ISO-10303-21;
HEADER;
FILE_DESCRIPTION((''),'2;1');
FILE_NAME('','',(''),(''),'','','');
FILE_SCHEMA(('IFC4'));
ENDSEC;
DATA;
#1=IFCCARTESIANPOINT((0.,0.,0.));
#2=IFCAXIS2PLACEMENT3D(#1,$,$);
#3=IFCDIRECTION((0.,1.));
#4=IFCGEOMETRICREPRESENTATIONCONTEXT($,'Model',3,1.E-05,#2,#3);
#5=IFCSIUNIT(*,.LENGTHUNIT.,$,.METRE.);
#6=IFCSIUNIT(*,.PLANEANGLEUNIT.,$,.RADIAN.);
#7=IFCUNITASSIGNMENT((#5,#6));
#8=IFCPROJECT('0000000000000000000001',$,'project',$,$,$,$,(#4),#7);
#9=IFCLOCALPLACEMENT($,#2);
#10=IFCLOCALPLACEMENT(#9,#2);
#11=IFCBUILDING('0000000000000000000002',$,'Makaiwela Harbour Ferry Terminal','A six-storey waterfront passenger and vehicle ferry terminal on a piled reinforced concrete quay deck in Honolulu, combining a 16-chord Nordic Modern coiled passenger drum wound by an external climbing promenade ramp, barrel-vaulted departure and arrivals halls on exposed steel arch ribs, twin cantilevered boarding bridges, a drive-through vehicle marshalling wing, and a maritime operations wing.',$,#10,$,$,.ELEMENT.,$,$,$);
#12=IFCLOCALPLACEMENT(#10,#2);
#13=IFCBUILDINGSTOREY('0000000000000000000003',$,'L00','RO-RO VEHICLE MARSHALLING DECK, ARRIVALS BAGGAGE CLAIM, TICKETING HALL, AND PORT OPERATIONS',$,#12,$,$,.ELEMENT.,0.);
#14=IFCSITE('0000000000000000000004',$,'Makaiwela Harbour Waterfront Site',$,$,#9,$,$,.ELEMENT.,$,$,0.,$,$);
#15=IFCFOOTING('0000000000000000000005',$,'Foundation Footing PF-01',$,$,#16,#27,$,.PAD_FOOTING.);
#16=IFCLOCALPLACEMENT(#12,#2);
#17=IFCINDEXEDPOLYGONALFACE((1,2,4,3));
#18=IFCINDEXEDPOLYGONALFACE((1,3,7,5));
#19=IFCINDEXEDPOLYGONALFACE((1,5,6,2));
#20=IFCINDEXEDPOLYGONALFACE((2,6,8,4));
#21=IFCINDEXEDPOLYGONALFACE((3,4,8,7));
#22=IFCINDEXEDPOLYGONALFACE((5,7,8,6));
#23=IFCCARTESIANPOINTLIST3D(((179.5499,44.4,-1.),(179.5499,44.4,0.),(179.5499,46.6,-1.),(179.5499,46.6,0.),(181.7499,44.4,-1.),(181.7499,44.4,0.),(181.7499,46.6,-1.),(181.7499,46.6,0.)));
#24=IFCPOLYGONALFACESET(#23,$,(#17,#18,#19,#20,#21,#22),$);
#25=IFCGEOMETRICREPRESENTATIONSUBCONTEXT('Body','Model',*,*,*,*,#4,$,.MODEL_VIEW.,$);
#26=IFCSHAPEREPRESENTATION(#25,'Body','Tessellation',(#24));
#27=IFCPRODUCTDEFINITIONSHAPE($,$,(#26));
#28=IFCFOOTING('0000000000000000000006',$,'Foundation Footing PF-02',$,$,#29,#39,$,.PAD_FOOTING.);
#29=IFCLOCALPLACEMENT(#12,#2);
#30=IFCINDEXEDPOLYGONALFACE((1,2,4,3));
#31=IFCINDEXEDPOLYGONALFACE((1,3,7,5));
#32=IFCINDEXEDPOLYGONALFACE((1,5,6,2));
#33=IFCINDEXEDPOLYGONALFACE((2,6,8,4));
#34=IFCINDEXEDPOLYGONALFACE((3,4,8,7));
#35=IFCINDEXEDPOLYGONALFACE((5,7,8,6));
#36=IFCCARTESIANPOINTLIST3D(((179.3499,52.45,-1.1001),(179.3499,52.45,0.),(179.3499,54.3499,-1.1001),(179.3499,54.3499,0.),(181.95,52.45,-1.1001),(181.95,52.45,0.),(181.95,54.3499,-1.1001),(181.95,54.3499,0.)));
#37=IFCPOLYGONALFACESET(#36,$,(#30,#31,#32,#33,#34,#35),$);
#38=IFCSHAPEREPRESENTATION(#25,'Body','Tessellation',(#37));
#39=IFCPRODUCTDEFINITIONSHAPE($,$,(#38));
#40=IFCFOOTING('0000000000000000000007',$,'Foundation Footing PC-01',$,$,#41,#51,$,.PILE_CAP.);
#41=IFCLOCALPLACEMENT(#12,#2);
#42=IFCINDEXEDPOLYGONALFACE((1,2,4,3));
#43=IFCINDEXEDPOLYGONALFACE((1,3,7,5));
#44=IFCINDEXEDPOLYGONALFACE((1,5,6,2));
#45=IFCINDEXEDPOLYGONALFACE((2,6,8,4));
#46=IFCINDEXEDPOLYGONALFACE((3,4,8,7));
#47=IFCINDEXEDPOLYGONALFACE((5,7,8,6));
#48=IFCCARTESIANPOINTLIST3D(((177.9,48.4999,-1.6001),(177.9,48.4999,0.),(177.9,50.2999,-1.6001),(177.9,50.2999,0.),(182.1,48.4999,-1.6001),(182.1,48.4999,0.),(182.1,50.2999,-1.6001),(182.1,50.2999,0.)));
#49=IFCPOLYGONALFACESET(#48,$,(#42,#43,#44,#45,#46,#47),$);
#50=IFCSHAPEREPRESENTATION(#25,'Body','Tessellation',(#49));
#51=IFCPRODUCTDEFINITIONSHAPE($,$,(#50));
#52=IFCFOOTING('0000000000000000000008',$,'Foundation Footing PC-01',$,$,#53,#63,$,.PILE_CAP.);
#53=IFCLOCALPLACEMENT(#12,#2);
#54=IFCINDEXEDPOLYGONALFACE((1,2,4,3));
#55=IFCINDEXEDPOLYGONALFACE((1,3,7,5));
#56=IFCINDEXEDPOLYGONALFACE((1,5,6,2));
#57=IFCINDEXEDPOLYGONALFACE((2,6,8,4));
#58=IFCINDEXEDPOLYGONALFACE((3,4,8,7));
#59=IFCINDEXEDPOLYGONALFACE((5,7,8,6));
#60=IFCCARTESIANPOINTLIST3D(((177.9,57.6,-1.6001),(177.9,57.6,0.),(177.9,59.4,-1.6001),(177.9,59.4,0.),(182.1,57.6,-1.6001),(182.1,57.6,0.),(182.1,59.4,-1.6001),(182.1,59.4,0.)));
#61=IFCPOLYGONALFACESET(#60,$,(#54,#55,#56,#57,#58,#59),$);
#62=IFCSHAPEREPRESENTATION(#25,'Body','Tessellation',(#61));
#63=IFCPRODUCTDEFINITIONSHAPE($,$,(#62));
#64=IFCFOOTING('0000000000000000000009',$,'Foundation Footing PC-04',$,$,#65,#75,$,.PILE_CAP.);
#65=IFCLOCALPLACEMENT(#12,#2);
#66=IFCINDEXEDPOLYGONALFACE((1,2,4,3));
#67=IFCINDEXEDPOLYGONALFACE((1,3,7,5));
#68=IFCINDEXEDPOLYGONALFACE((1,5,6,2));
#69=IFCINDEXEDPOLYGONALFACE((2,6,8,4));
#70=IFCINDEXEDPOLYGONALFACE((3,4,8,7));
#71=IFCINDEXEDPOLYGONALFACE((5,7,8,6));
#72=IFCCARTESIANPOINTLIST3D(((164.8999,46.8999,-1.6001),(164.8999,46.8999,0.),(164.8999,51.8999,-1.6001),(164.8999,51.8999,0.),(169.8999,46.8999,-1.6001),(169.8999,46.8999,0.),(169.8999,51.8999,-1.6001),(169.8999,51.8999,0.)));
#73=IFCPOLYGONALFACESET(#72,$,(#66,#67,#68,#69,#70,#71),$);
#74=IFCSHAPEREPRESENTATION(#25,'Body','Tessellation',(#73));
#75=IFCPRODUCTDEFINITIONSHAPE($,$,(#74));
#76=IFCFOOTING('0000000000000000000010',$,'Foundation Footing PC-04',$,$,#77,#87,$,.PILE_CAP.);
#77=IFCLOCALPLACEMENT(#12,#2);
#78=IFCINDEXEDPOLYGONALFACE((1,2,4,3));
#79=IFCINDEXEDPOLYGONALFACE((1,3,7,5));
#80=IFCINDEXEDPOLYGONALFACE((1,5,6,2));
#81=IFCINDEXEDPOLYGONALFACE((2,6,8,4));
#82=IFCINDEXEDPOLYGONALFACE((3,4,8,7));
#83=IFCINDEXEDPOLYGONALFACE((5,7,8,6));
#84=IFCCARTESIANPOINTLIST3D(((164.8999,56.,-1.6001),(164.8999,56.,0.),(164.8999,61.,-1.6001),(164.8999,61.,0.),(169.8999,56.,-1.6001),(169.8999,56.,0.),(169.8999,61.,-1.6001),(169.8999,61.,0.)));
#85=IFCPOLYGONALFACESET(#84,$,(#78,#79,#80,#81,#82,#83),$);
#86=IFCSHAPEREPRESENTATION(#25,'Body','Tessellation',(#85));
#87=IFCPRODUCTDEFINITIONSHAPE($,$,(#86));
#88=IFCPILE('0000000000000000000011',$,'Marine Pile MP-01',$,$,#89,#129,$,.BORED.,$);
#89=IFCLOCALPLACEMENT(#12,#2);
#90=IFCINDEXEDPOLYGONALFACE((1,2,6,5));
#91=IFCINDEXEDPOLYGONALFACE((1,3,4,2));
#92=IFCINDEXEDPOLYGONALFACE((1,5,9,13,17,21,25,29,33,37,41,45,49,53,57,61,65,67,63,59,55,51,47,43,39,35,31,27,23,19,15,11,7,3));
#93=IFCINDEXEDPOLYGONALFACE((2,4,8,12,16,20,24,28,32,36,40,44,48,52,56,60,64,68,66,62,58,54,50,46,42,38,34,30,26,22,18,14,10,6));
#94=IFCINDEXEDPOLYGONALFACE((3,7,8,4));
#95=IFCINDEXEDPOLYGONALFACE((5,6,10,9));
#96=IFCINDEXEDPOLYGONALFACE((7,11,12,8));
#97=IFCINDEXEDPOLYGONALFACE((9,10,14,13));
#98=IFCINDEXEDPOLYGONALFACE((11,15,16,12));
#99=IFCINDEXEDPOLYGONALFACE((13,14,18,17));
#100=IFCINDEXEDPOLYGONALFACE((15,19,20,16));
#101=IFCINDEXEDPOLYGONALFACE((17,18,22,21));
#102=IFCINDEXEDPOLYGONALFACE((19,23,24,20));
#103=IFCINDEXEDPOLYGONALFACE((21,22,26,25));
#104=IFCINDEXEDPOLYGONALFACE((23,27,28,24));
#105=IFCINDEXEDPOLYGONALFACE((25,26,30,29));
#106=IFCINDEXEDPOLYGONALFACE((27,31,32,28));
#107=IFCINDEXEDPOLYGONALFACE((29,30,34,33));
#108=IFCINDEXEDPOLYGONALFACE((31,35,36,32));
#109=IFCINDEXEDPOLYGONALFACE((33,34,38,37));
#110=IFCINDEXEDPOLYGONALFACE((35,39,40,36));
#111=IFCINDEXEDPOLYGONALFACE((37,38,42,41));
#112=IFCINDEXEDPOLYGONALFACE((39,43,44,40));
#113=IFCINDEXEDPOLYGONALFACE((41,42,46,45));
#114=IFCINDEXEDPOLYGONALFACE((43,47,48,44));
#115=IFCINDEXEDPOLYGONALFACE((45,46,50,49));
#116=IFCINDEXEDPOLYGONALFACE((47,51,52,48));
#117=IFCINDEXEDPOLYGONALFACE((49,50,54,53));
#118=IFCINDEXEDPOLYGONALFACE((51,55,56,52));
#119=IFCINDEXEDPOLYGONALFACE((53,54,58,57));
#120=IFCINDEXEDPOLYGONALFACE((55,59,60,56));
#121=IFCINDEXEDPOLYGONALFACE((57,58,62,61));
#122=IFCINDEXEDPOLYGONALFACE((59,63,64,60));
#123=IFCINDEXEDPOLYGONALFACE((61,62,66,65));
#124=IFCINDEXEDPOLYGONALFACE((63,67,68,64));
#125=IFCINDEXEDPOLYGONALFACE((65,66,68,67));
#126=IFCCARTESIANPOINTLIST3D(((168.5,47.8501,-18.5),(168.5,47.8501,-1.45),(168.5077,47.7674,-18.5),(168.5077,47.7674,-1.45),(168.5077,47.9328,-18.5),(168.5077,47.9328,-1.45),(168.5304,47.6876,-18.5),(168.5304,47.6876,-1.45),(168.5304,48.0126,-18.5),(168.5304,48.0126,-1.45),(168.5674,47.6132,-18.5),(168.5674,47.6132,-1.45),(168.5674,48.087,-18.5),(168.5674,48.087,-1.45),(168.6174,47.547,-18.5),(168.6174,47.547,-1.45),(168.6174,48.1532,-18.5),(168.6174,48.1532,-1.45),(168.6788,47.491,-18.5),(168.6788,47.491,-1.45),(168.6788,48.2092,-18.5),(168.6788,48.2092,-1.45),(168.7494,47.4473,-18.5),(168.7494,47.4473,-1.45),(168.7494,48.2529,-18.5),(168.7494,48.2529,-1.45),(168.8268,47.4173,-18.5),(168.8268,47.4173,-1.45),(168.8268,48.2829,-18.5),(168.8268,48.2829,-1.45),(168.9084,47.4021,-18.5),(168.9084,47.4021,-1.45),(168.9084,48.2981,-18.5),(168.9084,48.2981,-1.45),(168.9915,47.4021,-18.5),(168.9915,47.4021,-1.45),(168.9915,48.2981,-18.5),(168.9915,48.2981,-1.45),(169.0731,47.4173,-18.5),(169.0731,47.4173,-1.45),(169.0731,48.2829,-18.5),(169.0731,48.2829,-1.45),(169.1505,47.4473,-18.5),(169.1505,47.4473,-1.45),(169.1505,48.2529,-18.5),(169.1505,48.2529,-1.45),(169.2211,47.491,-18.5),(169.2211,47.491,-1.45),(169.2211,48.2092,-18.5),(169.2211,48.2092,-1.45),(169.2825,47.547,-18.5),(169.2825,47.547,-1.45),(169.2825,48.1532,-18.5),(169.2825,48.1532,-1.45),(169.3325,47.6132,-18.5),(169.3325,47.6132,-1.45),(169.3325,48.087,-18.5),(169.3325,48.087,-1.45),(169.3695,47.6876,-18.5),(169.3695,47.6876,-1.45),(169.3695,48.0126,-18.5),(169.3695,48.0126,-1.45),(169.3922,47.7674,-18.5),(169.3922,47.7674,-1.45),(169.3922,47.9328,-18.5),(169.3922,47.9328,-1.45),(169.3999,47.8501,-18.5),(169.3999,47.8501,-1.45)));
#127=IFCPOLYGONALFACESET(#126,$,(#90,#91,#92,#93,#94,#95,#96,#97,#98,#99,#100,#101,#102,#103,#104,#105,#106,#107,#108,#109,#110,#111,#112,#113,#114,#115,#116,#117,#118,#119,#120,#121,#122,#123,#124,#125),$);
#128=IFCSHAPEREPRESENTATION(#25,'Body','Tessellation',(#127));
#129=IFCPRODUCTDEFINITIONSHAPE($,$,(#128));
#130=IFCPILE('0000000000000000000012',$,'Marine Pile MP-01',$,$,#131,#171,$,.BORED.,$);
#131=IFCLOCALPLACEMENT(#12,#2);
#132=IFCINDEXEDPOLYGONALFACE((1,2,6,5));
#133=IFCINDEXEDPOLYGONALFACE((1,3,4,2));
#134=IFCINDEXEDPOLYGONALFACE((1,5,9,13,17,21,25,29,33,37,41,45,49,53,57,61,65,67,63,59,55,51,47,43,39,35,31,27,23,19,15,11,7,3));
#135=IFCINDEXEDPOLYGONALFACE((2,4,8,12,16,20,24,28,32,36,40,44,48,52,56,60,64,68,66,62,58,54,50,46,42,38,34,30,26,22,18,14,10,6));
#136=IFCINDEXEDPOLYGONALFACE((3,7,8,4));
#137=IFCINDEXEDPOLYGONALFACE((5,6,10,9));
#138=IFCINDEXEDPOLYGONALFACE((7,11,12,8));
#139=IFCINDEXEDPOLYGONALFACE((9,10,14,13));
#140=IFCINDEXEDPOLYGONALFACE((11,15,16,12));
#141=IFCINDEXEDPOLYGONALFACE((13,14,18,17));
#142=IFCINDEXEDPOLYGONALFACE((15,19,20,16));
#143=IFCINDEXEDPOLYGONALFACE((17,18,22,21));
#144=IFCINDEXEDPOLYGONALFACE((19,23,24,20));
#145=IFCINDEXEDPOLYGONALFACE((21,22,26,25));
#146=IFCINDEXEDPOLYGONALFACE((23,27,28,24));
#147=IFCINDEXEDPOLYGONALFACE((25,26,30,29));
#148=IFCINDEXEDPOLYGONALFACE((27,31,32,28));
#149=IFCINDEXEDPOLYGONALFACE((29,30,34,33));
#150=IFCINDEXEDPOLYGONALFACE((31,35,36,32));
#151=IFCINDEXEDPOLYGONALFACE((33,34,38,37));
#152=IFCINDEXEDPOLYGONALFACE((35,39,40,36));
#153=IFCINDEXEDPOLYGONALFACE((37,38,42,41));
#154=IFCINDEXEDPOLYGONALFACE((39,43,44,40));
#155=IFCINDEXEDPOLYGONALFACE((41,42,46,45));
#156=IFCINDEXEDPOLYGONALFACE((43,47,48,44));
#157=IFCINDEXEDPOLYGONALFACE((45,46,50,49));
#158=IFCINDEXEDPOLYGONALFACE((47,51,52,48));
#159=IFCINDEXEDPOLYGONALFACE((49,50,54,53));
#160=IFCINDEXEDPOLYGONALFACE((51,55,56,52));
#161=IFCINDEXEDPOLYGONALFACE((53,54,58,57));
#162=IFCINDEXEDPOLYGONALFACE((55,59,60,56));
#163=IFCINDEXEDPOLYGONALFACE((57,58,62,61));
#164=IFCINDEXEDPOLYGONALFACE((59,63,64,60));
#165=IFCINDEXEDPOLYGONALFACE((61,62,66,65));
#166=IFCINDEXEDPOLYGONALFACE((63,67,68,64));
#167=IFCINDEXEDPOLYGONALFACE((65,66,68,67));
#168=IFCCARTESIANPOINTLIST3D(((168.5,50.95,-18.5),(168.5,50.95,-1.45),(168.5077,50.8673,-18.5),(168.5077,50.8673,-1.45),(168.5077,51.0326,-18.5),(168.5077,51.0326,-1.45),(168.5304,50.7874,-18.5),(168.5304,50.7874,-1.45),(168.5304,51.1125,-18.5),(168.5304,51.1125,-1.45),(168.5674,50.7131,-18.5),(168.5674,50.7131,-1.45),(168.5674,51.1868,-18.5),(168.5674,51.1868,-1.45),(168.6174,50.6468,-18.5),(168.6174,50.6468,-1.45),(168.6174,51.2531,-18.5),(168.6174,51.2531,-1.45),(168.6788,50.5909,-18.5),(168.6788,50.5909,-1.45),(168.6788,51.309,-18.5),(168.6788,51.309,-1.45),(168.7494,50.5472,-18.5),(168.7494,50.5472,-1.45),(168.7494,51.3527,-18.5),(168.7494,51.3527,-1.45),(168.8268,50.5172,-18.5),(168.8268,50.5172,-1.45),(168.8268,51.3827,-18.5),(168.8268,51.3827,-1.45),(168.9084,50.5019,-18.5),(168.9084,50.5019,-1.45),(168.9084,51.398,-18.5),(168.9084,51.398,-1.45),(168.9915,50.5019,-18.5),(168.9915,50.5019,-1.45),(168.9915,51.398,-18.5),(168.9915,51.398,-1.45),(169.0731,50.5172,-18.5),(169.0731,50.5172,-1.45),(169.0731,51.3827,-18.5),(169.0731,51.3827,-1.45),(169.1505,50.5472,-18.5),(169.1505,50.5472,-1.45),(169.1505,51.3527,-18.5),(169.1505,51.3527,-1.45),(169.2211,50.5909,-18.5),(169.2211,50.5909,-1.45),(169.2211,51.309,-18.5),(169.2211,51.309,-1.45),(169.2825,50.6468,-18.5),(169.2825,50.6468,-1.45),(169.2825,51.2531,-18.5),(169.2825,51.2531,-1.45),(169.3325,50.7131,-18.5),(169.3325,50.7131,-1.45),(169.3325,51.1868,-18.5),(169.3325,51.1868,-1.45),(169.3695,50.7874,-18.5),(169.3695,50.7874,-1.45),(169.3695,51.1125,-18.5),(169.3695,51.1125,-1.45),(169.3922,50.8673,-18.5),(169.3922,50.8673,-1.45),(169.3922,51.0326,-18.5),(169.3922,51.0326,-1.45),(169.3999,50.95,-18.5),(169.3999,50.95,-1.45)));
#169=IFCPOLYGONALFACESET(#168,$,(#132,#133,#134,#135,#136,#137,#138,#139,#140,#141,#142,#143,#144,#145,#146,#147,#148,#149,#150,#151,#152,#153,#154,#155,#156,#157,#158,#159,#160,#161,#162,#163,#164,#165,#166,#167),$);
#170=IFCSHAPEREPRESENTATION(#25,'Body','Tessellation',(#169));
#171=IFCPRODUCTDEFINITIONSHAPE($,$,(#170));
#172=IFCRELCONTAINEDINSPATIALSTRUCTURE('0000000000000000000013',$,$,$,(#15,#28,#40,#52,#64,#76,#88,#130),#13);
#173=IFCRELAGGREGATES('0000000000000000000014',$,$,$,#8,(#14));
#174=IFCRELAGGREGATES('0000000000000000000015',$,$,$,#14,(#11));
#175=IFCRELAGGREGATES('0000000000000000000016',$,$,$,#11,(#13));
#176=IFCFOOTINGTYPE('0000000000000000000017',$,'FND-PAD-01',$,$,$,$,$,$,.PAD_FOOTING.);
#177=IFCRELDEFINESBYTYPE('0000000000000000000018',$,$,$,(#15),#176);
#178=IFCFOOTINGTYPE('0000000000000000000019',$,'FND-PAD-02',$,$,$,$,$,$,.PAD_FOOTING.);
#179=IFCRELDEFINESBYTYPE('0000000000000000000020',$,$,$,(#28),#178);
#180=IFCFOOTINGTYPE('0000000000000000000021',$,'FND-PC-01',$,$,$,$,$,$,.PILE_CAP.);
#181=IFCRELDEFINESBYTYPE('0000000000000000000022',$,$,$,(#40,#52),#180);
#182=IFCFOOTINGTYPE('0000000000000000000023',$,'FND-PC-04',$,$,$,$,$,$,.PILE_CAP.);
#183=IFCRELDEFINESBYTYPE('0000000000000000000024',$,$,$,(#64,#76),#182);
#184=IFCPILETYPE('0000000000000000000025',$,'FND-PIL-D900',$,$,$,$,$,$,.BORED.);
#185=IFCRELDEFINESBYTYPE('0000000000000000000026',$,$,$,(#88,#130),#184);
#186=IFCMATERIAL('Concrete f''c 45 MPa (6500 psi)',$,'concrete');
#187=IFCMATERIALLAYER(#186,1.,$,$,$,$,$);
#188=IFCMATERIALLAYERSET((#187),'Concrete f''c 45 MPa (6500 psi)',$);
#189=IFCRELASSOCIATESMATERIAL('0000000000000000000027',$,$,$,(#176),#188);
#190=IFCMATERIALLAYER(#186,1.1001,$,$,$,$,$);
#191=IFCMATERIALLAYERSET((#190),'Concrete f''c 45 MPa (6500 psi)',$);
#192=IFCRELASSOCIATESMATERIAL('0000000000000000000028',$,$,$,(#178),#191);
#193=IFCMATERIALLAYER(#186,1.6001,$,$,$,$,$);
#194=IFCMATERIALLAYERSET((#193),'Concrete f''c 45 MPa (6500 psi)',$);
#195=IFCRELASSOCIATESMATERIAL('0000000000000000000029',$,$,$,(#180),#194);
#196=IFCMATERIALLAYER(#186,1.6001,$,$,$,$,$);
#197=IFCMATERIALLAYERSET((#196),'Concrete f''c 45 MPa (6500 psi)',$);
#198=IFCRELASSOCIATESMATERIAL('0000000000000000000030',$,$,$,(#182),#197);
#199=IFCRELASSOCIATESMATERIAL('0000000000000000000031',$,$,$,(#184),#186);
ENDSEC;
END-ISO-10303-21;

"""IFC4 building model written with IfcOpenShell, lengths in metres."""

from ifc_helpers import new_model, si_unit, direction, frame, origin, origin_2d, place, context, subcontext, project, spatial, rectangle, circle, extrude, material, layer, layer_set, material_profile, profile_set, type_object, element, save


model = new_model("IFC4")

# Units and contexts
model_context = context("Model", 3, precision=1e-05, world=origin(), true_north=direction((0.0, 1.0)))
body_context = subcontext(model_context, "Body", "Model", "MODEL_VIEW")
ifc_project = project(units=[si_unit("LENGTHUNIT", "METRE"), si_unit("PLANEANGLEUNIT", "RADIAN")], contexts=[model_context])

# Site, building, storey
site_placement = place(None, origin())
site = spatial("IfcSite", under=ifc_project, at=site_placement, Name="Makaiwela Harbour Waterfront Site", CompositionType="ELEMENT", RefElevation=0.0)
building_placement = place(site_placement, origin())
building = spatial("IfcBuilding", under=site, at=building_placement, Name="Makaiwela Harbour Ferry Terminal", Description="A six-storey waterfront passenger and vehicle ferry terminal on a piled reinforced concrete quay deck in Honolulu, combining a 16-chord Nordic Modern coiled passenger drum wound by an external climbing promenade ramp, barrel-vaulted departure and arrivals halls on exposed steel arch ribs, twin cantilevered boarding bridges, a drive-through vehicle marshalling wing, and a maritime operations wing.", CompositionType="ELEMENT")
storey_placement = place(building_placement, origin())
storey = spatial("IfcBuildingStorey", under=building, at=storey_placement, Name="L00", Description="RO-RO VEHICLE MARSHALLING DECK, ARRIVALS BAGGAGE CLAIM, TICKETING HALL, AND PORT OPERATIONS", CompositionType="ELEMENT", Elevation=0.0)

# Footings
ifc_material_1 = material(Name="Concrete f'c 45 MPa (6500 psi)", Category="concrete")
ifc_layer_1 = layer(ifc_material_1, 1.0)
ifc_layer_set_1 = layer_set([ifc_layer_1], Name="Concrete f'c 45 MPa (6500 psi)")
footing_type_1 = type_object("IfcFootingType", Name="FND-PAD-01", PredefinedType="PAD_FOOTING", material=ifc_layer_set_1)
footing_1_placement = place(storey_placement, frame((180.6499, 45.5, -1.0), z_axis=(0.0, 0.0, 1.0), x_axis=(1.0, 0.0, 0.0)))
element("IfcFooting", 1, at=footing_1_placement, inside=storey, type_object=footing_type_1, Name="Foundation Footing PF-01", PredefinedType="PAD_FOOTING", context=body_context, shape_type="SweptSolid", body=[
    extrude(rectangle(XDim=2.2, YDim=2.2, at=origin_2d()), origin(), (0.0, 0.0, 1.0), 1.0),
])
ifc_layer_2 = layer(ifc_material_1, 1.1001)
ifc_layer_set_2 = layer_set([ifc_layer_2], Name="Concrete f'c 45 MPa (6500 psi)")
footing_type_2 = type_object("IfcFootingType", Name="FND-PAD-02", PredefinedType="PAD_FOOTING", material=ifc_layer_set_2)
footing_2_placement = place(storey_placement, frame((180.6499, 53.3999, -1.1001), z_axis=(0.0, 0.0, 1.0), x_axis=(1.0, 0.0, 0.0)))
element("IfcFooting", 2, at=footing_2_placement, inside=storey, type_object=footing_type_2, Name="Foundation Footing PF-02", PredefinedType="PAD_FOOTING", context=body_context, shape_type="SweptSolid", body=[
    extrude(rectangle(XDim=2.6001, YDim=1.8999, at=origin_2d()), origin(), (0.0, 0.0, 1.0), 1.1001),
])
ifc_layer_3 = layer(ifc_material_1, 1.6001)
ifc_layer_set_3 = layer_set([ifc_layer_3], Name="Concrete f'c 45 MPa (6500 psi)")
footing_type_3 = type_object("IfcFootingType", Name="FND-PC-01", PredefinedType="PILE_CAP", material=ifc_layer_set_3)
for number, where, z_axis, x_axis, name in (
    (3, (180.0, 49.3999, -1.6001), (0.0, 0.0, 1.0), (1.0, 0.0, 0.0), "Foundation Footing PC-01"),
    (4, (180.0, 58.5, -1.6001), (0.0, 0.0, 1.0), (1.0, 0.0, 0.0), "Foundation Footing PC-01"),
):
    element("IfcFooting", number, at=place(storey_placement, frame(where, z_axis=z_axis, x_axis=x_axis)), inside=storey, type_object=footing_type_3, Name=name, PredefinedType="PILE_CAP", context=body_context, shape_type="SweptSolid", body=[
        extrude(rectangle(XDim=4.2, YDim=1.8, at=origin_2d()), origin(), (0.0, 0.0, 1.0), 1.6001),
    ])
ifc_layer_4 = layer(ifc_material_1, 1.6001)
ifc_layer_set_4 = layer_set([ifc_layer_4], Name="Concrete f'c 45 MPa (6500 psi)")
footing_type_4 = type_object("IfcFootingType", Name="FND-PC-04", PredefinedType="PILE_CAP", material=ifc_layer_set_4)
for number, where, z_axis, x_axis, name in (
    (5, (167.3999, 49.3999, -1.6001), (0.0, 0.0, 1.0), (1.0, 0.0, 0.0), "Foundation Footing PC-04"),
    (6, (167.3999, 58.5, -1.6001), (0.0, 0.0, 1.0), (1.0, 0.0, 0.0), "Foundation Footing PC-04"),
):
    element("IfcFooting", number, at=place(storey_placement, frame(where, z_axis=z_axis, x_axis=x_axis)), inside=storey, type_object=footing_type_4, Name=name, PredefinedType="PILE_CAP", context=body_context, shape_type="SweptSolid", body=[
        extrude(rectangle(XDim=5.0, YDim=5.0, at=origin_2d()), origin(), (0.0, 0.0, 1.0), 1.6001),
    ])

# Piles
ifc_material_profile_1 = material_profile(ifc_material_1, circle(Radius=0.45, at=origin_2d()), Name="PILE-D900")
ifc_profile_set_1 = profile_set([ifc_material_profile_1], Name="Concrete f'c 45 MPa (6500 psi)")
pile_type = type_object("IfcPileType", Name="FND-PIL-D900", PredefinedType="BORED", material=ifc_profile_set_1)
for number, where, z_axis, x_axis, name in (
    (7, (168.95, 47.8501, -1.45), (0.0, 0.0, -1.0), (1.0, 0.0, 0.0), "Marine Pile MP-01"),
    (8, (168.95, 50.95, -1.45), (0.0, 0.0, -1.0), (1.0, 0.0, 0.0), "Marine Pile MP-01"),
):
    element("IfcPile", number, at=place(storey_placement, frame(where, z_axis=z_axis, x_axis=x_axis)), inside=storey, type_object=pile_type, Name=name, PredefinedType="BORED", context=body_context, shape_type="SweptSolid", body=[
        extrude(circle(Radius=0.45, at=origin_2d()), origin(), (0.0, 0.0, 1.0), 17.05),
    ])

save(model, "model.ifc")
